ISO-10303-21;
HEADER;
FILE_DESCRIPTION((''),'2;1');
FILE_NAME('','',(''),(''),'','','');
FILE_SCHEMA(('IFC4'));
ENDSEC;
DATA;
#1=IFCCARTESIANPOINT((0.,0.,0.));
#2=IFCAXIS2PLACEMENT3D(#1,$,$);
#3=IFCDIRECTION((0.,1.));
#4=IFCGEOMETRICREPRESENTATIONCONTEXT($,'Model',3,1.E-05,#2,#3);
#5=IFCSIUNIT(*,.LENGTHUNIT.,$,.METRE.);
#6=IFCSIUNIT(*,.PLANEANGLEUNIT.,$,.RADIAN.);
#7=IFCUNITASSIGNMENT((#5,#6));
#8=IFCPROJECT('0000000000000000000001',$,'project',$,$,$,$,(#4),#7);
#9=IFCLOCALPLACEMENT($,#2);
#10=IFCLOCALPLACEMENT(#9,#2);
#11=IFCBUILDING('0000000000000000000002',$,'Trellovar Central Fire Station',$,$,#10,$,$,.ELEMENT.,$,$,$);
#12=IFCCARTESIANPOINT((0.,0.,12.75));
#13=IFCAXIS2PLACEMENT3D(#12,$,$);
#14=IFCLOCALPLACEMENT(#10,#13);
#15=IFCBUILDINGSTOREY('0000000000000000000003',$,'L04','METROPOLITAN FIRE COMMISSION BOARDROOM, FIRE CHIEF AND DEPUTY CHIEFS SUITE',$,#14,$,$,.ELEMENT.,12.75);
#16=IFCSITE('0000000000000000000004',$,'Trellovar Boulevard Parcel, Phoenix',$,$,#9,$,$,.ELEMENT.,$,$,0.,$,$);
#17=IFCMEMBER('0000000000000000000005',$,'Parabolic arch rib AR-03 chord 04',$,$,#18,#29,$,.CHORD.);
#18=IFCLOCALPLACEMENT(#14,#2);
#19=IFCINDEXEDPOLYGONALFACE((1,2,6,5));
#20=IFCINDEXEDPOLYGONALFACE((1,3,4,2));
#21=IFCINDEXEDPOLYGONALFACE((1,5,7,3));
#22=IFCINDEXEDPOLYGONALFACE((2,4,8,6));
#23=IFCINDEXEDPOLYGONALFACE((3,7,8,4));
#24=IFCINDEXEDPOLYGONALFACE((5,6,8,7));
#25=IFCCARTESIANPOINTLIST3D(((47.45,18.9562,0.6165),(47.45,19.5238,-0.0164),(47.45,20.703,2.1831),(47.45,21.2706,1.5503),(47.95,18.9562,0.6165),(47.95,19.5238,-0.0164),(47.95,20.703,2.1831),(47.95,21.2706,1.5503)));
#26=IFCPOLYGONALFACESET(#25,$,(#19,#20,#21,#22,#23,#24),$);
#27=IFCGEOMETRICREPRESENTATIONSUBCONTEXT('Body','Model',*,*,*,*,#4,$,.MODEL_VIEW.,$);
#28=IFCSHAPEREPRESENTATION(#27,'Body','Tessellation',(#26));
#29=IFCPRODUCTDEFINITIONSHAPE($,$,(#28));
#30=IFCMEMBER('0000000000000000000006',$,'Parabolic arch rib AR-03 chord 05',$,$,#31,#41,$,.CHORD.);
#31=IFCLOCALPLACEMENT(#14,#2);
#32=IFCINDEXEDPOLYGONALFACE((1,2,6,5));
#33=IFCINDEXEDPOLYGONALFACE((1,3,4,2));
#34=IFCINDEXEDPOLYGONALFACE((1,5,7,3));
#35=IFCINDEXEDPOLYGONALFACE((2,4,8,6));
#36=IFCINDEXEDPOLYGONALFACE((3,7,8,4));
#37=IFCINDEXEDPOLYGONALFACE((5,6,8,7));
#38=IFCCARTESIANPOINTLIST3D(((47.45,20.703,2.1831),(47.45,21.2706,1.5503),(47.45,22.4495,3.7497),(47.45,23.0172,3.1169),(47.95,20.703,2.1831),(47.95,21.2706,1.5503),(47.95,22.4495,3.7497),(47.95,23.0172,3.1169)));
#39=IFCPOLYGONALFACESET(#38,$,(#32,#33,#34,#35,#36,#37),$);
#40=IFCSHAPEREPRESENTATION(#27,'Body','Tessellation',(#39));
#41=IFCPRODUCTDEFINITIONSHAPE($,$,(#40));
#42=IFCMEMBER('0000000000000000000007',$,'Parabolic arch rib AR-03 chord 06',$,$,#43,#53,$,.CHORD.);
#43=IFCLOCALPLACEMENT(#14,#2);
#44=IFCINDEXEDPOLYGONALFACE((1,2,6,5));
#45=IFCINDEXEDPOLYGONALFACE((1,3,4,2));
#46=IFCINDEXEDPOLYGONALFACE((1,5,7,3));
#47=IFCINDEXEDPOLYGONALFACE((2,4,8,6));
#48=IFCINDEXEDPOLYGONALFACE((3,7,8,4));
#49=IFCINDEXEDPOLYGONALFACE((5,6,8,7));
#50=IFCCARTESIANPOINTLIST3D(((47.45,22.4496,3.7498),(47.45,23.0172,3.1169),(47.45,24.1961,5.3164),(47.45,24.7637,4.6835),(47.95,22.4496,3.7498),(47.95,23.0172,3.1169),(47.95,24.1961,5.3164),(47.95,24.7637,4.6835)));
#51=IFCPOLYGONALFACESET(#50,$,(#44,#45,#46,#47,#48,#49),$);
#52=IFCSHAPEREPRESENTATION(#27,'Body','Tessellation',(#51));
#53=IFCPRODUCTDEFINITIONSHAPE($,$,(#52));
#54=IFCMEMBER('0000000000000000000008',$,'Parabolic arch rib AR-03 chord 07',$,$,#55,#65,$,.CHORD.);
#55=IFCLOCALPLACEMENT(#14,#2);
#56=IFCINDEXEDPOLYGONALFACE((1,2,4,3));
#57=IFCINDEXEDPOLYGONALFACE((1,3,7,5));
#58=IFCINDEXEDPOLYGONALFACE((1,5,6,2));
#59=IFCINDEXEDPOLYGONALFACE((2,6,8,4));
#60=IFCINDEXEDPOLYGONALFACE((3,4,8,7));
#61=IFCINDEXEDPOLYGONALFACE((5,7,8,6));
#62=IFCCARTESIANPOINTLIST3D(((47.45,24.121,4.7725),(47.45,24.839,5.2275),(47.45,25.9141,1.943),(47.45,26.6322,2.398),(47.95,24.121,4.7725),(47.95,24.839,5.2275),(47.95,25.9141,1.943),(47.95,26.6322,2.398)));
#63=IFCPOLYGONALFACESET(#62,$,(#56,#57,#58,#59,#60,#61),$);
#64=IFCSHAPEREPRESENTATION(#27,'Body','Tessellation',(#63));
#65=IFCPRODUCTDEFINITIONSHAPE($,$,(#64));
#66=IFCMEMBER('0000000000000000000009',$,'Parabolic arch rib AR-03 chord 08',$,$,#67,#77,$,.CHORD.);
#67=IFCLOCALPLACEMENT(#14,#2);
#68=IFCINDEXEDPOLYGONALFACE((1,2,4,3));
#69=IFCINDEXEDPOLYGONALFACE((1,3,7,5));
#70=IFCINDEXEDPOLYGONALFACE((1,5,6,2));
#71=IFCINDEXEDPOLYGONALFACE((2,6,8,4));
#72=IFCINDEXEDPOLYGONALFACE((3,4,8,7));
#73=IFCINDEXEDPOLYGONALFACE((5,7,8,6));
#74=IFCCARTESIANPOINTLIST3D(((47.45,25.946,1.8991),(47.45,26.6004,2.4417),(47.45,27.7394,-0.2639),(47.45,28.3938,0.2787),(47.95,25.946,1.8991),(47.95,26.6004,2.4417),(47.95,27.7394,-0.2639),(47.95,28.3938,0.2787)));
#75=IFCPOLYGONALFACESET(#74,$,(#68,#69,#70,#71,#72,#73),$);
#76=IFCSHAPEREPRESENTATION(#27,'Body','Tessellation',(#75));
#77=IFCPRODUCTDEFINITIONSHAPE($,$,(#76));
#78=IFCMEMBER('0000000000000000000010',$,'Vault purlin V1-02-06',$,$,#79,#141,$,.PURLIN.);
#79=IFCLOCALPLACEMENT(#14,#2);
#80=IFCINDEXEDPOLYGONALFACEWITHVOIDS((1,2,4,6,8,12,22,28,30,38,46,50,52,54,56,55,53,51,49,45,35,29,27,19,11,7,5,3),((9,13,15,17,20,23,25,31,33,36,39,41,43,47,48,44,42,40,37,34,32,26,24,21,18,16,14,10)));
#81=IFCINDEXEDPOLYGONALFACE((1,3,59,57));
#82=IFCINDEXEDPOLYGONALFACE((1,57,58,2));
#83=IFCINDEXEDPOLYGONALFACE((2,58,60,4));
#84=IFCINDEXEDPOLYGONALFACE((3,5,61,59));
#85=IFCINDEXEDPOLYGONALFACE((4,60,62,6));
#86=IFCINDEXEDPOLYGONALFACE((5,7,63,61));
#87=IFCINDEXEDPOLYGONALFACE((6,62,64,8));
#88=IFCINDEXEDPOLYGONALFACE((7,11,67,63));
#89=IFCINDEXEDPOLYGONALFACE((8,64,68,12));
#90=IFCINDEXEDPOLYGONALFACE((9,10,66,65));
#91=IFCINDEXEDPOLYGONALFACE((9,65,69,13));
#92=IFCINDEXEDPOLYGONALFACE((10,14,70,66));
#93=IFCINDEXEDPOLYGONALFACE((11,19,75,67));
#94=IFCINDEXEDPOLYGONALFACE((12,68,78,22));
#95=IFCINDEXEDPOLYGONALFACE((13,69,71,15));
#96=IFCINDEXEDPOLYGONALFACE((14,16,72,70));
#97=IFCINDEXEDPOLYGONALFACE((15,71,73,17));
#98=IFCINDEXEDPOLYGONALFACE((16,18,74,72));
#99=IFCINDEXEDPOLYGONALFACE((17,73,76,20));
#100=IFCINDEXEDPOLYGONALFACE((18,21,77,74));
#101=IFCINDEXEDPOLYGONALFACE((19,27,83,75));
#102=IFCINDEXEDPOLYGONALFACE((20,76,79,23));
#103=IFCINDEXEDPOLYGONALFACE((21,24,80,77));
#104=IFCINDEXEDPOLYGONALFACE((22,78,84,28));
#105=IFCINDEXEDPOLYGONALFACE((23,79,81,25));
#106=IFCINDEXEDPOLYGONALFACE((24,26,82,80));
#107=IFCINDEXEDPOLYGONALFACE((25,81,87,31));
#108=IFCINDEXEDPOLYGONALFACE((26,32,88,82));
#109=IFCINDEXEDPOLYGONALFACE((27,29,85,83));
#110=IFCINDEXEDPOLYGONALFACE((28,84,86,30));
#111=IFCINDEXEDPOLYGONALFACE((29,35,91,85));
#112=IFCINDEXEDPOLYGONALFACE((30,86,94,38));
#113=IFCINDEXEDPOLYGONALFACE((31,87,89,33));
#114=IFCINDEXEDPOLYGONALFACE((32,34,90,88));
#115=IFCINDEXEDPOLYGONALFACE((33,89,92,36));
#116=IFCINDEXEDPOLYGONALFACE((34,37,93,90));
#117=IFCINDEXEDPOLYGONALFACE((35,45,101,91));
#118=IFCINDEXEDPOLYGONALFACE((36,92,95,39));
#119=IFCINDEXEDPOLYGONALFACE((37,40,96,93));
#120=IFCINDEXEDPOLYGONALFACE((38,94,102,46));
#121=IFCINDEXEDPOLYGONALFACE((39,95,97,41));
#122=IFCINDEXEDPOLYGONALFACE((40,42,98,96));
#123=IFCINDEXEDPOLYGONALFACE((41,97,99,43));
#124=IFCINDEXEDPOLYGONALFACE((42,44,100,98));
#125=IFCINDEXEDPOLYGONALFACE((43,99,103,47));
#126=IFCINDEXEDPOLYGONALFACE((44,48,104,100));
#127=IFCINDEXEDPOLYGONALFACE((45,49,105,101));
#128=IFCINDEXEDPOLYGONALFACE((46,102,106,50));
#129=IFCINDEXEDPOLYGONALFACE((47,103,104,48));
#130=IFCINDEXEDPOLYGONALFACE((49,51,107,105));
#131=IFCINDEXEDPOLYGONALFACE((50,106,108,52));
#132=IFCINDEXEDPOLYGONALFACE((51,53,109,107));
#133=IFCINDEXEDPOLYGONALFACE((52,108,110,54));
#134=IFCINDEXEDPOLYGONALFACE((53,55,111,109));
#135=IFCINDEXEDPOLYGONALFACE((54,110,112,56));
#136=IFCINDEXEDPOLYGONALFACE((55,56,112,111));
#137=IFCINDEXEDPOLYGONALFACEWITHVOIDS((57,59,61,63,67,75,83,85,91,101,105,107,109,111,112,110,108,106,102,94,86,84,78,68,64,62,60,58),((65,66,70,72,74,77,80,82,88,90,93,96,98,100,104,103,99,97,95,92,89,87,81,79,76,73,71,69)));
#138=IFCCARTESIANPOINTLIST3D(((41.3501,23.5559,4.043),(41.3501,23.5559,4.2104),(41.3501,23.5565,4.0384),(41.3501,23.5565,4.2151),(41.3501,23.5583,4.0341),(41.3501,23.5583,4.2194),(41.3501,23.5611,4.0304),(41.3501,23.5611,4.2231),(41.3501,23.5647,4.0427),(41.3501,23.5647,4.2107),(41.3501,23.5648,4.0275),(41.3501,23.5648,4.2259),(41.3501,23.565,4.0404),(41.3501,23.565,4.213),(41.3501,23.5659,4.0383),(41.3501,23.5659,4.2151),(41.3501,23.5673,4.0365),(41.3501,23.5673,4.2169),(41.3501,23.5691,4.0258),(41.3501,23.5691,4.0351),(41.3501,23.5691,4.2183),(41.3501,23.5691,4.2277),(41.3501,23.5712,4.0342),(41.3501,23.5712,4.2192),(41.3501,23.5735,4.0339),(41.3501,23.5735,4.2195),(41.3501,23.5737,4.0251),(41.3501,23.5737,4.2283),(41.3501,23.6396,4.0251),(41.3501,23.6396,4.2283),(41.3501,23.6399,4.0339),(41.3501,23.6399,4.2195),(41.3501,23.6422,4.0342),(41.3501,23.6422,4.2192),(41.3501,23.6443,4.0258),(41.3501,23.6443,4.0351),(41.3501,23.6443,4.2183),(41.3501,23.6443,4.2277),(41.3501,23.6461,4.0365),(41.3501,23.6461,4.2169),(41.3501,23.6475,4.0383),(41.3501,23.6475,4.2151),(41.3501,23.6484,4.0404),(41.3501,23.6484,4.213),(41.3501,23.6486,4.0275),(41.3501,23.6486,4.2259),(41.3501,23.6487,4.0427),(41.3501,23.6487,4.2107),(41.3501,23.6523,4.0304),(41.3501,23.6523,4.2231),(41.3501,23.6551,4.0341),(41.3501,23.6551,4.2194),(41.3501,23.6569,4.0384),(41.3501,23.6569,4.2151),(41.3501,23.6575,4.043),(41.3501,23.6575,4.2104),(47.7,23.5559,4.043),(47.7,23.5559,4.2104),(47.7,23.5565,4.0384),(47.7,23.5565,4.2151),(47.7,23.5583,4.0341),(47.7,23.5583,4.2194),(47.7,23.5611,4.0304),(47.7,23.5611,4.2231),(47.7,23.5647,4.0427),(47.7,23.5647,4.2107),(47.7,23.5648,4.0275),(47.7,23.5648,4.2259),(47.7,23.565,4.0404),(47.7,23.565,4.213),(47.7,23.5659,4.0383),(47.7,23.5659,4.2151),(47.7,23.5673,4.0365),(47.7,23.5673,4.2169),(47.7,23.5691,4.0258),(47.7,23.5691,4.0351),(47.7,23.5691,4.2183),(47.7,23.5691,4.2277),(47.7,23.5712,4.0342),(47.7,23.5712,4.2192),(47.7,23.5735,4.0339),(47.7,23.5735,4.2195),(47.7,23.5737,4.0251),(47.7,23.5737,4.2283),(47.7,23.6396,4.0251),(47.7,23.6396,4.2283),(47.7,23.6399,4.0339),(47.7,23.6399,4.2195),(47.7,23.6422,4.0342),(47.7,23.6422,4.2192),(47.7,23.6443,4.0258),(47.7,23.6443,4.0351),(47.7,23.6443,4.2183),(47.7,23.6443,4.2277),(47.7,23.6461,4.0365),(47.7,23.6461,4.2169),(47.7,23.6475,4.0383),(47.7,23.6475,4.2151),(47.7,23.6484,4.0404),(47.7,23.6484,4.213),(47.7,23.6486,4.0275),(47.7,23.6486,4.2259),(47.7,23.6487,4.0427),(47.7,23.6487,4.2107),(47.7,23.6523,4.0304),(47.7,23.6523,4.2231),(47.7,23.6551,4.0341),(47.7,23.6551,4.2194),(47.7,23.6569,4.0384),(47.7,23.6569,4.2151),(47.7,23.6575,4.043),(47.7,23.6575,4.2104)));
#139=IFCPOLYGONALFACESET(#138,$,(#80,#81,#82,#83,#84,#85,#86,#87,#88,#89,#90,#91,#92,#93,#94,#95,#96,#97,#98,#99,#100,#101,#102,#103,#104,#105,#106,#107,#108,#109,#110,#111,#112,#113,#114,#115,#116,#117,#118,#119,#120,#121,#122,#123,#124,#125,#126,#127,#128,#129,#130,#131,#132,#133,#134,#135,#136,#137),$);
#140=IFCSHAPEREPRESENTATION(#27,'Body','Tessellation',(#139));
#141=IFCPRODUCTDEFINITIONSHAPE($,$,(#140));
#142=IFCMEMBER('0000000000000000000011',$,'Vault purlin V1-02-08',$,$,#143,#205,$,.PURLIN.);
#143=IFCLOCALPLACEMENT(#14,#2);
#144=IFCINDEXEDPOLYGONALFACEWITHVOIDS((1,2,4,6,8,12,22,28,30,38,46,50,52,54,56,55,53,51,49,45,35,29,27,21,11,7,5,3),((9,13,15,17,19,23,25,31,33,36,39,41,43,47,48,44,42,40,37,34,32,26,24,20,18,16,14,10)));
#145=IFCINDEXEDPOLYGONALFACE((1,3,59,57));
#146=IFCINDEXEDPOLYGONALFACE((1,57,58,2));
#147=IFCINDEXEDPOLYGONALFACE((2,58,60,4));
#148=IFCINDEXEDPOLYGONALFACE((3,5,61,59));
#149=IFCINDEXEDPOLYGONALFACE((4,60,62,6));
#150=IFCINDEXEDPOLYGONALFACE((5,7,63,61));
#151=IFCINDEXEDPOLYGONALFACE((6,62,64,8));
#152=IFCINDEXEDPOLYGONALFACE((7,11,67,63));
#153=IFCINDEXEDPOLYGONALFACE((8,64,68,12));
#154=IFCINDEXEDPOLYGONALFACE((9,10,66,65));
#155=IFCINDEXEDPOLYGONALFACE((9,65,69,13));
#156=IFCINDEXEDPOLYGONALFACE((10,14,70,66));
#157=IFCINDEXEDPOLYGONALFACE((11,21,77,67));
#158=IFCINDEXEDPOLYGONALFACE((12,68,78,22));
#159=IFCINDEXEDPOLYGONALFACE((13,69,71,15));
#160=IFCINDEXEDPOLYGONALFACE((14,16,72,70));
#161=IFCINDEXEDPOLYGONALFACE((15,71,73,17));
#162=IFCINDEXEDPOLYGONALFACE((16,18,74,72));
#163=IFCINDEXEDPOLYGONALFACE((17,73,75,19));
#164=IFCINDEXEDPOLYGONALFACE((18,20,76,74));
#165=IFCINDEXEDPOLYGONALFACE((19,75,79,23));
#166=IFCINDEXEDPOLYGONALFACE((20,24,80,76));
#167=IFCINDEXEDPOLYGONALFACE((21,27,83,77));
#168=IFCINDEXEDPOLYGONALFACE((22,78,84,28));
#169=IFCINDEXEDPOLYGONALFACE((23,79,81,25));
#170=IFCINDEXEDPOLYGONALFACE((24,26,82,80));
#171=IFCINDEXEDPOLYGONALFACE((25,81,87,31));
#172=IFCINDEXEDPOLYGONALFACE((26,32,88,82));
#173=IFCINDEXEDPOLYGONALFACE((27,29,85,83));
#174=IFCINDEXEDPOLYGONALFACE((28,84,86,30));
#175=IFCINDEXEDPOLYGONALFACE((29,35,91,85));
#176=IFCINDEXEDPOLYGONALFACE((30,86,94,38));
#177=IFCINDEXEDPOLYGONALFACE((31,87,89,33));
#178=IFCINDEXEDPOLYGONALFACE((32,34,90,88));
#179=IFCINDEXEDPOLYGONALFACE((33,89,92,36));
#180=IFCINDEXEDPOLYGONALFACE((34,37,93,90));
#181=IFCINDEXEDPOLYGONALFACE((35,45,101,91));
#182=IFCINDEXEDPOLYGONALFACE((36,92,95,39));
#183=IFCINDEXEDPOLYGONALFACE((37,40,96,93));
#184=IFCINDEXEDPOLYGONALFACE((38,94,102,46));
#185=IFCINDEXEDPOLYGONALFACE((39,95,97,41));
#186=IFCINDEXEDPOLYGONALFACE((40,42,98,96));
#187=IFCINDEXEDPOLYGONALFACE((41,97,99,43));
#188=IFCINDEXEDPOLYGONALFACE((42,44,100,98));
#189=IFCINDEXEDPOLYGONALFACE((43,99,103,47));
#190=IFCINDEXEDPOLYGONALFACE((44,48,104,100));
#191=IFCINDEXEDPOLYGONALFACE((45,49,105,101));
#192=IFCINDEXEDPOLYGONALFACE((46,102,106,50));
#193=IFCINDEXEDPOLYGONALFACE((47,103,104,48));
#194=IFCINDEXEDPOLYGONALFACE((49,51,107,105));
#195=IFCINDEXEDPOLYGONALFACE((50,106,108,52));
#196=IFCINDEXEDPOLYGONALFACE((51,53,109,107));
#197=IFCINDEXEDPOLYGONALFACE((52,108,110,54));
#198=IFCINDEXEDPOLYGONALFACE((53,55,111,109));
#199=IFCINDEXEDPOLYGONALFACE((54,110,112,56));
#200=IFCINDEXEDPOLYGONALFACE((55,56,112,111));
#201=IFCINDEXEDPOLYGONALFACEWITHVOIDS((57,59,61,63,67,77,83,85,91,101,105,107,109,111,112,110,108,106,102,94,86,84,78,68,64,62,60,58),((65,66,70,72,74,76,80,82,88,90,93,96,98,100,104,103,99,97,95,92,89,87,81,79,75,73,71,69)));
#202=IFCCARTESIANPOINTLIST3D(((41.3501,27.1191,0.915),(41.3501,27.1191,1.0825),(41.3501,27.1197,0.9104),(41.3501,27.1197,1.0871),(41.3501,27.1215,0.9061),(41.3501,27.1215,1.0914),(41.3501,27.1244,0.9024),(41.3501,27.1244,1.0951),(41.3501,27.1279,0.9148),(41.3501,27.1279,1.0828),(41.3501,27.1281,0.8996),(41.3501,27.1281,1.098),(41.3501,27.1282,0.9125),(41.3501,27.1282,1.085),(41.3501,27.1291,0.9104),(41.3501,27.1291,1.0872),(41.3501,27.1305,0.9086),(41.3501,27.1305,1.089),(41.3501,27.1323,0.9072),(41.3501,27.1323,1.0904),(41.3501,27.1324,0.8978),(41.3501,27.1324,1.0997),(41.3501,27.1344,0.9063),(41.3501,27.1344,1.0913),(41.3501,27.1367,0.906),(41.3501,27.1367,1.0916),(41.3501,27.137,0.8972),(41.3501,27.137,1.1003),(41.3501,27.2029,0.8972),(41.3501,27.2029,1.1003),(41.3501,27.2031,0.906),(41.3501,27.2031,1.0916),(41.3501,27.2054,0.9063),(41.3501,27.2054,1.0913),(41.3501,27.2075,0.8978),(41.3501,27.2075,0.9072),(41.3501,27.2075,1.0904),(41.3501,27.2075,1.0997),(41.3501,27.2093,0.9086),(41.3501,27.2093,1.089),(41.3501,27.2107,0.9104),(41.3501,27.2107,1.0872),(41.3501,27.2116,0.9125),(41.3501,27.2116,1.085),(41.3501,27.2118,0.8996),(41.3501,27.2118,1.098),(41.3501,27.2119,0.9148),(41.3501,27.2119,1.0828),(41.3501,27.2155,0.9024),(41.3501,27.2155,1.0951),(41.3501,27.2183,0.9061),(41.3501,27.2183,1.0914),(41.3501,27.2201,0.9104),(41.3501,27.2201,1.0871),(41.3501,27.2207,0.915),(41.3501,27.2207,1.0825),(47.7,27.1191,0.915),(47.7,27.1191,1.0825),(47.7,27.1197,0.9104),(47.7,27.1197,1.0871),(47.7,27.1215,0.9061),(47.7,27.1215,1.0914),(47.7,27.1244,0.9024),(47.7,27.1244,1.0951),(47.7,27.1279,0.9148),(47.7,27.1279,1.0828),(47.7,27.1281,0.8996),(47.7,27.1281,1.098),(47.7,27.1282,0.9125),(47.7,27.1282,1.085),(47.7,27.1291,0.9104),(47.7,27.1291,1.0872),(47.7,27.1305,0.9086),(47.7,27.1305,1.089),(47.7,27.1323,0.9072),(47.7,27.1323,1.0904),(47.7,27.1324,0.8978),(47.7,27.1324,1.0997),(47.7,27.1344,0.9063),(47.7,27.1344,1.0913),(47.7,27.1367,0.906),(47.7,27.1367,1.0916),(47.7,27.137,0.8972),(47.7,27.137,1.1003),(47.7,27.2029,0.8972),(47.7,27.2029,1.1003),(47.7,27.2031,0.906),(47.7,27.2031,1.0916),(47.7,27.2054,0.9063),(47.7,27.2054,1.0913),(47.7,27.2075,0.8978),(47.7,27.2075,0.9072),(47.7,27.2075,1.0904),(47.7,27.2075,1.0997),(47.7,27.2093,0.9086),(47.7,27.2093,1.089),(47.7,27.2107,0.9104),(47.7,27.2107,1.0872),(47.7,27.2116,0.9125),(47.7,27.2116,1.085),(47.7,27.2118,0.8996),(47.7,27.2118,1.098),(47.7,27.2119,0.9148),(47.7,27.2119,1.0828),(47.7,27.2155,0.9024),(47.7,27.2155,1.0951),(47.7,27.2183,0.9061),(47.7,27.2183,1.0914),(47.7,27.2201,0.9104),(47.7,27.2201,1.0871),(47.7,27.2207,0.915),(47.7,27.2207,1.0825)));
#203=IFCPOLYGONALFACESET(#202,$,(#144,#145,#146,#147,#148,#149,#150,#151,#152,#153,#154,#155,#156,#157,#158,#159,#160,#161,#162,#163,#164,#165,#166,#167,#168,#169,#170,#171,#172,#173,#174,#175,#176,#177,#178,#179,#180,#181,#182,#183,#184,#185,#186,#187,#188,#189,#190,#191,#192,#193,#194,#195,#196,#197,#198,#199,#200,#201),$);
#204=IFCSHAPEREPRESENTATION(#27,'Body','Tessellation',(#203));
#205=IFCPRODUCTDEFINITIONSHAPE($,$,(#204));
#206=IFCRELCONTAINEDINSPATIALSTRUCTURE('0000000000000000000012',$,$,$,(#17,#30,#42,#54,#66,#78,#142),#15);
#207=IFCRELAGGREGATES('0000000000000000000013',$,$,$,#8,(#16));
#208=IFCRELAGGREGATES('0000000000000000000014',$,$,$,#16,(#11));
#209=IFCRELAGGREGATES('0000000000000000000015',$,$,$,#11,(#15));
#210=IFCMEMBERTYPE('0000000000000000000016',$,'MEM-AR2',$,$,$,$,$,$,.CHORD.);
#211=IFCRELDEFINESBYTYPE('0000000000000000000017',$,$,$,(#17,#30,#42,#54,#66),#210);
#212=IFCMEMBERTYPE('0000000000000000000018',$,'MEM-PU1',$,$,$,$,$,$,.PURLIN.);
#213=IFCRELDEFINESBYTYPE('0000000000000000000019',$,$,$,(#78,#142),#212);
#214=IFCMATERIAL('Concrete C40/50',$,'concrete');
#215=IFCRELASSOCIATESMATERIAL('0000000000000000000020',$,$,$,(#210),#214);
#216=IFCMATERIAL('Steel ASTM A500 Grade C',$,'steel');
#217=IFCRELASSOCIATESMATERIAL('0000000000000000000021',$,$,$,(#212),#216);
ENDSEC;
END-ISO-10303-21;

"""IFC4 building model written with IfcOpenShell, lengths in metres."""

from ifc_helpers import new_model, si_unit, direction, frame, origin, origin_2d, place, context, subcontext, project, spatial, rectangle, hollow_rectangle, extrude, material, material_profile, profile_set, type_object, element, save


model = new_model("IFC4")

# Units and contexts
model_context = context("Model", 3, precision=1e-05, world=origin(), true_north=direction((0.0, 1.0)))
body_context = subcontext(model_context, "Body", "Model", "MODEL_VIEW")
ifc_project = project(units=[si_unit("LENGTHUNIT", "METRE"), si_unit("PLANEANGLEUNIT", "RADIAN")], contexts=[model_context])

# Site, building, storey
site_placement = place(None, origin())
site = spatial("IfcSite", under=ifc_project, at=site_placement, Name="Trellovar Boulevard Parcel, Phoenix", CompositionType="ELEMENT", RefElevation=0.0)
building_placement = place(site_placement, origin())
building = spatial("IfcBuilding", under=site, at=building_placement, Name="Trellovar Central Fire Station", CompositionType="ELEMENT")
storey_placement = place(building_placement, frame((0.0, 0.0, 12.75)))
storey = spatial("IfcBuildingStorey", under=building, at=storey_placement, Name="L04", Description="METROPOLITAN FIRE COMMISSION BOARDROOM, FIRE CHIEF AND DEPUTY CHIEFS SUITE", CompositionType="ELEMENT", Elevation=12.75)

# Members
ifc_material_1 = material(Name="Concrete C40/50", Category="concrete")
ifc_material_profile_1 = material_profile(ifc_material_1, rectangle(XDim=0.5, YDim=0.8501, at=origin_2d()), Name="RC500X850")
ifc_profile_set_1 = profile_set([ifc_material_profile_1], Name="Concrete C40/50")
member_type_1 = type_object("IfcMemberType", Name="MEM-AR2", PredefinedType="CHORD", material=ifc_profile_set_1)
member_1_placement = place(storey_placement, frame((47.7, 19.24, 0.3), z_axis=(0.0, 0.744457, 0.66767), x_axis=(-1.0, 0.0, 0.0)))
element("IfcMember", 1, at=member_1_placement, inside=storey, type_object=member_type_1, Name="Parabolic arch rib AR-03 chord 04", PredefinedType="CHORD", context=body_context, shape_type="SweptSolid", body=[
    extrude(rectangle(XDim=0.5, YDim=0.8501, at=origin_2d()), origin(), (0.0, 0.0, 1.0), 2.3464),
])
for number, where, z_axis, x_axis, name in (
    (2, (47.7, 20.9868, 1.8667), (0.0, 0.744411, 0.667722), (-1.0, 0.0, 0.0), "Parabolic arch rib AR-03 chord 05"),
    (3, (47.7, 22.7334, 3.4333), (0.0, 0.744411, 0.667722), (-1.0, 0.0, 0.0), "Parabolic arch rib AR-03 chord 06"),
):
    element("IfcMember", number, at=place(storey_placement, frame(where, z_axis=z_axis, x_axis=x_axis)), inside=storey, type_object=member_type_1, Name=name, PredefinedType="CHORD", context=body_context, shape_type="SweptSolid", body=[
        extrude(rectangle(XDim=0.5, YDim=0.8501, at=origin_2d()), origin(), (0.0, 0.0, 1.0), 2.3462),
    ])
member_2_placement = place(storey_placement, frame((47.7, 24.48, 5.0), z_axis=(0.0, 0.535295, -0.844665), x_axis=(-1.0, 0.0, 0.0)))
element("IfcMember", 4, at=member_2_placement, inside=storey, type_object=member_type_1, Name="Parabolic arch rib AR-03 chord 07", PredefinedType="CHORD", context=body_context, shape_type="SweptSolid", body=[
    extrude(rectangle(XDim=0.5, YDim=0.8501, at=origin_2d()), origin(), (0.0, 0.0, 1.0), 3.3499),
])
member_3_placement = place(storey_placement, frame((47.7, 26.2732, 2.1704), z_axis=(0.0, 0.638268, -0.769814), x_axis=(-1.0, 0.0, 0.0)))
element("IfcMember", 5, at=member_3_placement, inside=storey, type_object=member_type_1, Name="Parabolic arch rib AR-03 chord 08", PredefinedType="CHORD", context=body_context, shape_type="SweptSolid", body=[
    extrude(rectangle(XDim=0.5, YDim=0.8501, at=origin_2d()), origin(), (0.0, 0.0, 1.0), 2.8098),
])
ifc_material_2 = material(Name="Steel ASTM A500 Grade C", Category="steel")
ifc_material_profile_2 = material_profile(ifc_material_2, hollow_rectangle(XDim=0.1016, YDim=0.2031, WallThickness=0.0088, InnerFilletRadius=0.0088, OuterFilletRadius=0.0178, at=origin_2d()), Name="HSS8X4X3/8")
ifc_profile_set_2 = profile_set([ifc_material_profile_2], Name="Steel ASTM A500 Grade C")
member_type_2 = type_object("IfcMemberType", Name="MEM-PU1", PredefinedType="PURLIN", material=ifc_profile_set_2)
for number, where, z_axis, x_axis, name in (
    (6, (41.3501, 23.6067, 4.1267), (1.0, 0.0, 0.0), (0.0, 1.0, 0.0), "Vault purlin V1-02-06"),
    (7, (41.3501, 27.1699, 0.9988), (1.0, 0.0, 0.0), (0.0, 1.0, 0.0), "Vault purlin V1-02-08"),
):
    element("IfcMember", number, at=place(storey_placement, frame(where, z_axis=z_axis, x_axis=x_axis)), inside=storey, type_object=member_type_2, Name=name, PredefinedType="PURLIN", context=body_context, shape_type="SweptSolid", body=[
        extrude(hollow_rectangle(XDim=0.1016, YDim=0.2031, WallThickness=0.0088, InnerFilletRadius=0.0088, OuterFilletRadius=0.0178, at=origin_2d()), origin(), (0.0, 0.0, 1.0), 6.3499),
    ])

save(model, "model.ifc")
